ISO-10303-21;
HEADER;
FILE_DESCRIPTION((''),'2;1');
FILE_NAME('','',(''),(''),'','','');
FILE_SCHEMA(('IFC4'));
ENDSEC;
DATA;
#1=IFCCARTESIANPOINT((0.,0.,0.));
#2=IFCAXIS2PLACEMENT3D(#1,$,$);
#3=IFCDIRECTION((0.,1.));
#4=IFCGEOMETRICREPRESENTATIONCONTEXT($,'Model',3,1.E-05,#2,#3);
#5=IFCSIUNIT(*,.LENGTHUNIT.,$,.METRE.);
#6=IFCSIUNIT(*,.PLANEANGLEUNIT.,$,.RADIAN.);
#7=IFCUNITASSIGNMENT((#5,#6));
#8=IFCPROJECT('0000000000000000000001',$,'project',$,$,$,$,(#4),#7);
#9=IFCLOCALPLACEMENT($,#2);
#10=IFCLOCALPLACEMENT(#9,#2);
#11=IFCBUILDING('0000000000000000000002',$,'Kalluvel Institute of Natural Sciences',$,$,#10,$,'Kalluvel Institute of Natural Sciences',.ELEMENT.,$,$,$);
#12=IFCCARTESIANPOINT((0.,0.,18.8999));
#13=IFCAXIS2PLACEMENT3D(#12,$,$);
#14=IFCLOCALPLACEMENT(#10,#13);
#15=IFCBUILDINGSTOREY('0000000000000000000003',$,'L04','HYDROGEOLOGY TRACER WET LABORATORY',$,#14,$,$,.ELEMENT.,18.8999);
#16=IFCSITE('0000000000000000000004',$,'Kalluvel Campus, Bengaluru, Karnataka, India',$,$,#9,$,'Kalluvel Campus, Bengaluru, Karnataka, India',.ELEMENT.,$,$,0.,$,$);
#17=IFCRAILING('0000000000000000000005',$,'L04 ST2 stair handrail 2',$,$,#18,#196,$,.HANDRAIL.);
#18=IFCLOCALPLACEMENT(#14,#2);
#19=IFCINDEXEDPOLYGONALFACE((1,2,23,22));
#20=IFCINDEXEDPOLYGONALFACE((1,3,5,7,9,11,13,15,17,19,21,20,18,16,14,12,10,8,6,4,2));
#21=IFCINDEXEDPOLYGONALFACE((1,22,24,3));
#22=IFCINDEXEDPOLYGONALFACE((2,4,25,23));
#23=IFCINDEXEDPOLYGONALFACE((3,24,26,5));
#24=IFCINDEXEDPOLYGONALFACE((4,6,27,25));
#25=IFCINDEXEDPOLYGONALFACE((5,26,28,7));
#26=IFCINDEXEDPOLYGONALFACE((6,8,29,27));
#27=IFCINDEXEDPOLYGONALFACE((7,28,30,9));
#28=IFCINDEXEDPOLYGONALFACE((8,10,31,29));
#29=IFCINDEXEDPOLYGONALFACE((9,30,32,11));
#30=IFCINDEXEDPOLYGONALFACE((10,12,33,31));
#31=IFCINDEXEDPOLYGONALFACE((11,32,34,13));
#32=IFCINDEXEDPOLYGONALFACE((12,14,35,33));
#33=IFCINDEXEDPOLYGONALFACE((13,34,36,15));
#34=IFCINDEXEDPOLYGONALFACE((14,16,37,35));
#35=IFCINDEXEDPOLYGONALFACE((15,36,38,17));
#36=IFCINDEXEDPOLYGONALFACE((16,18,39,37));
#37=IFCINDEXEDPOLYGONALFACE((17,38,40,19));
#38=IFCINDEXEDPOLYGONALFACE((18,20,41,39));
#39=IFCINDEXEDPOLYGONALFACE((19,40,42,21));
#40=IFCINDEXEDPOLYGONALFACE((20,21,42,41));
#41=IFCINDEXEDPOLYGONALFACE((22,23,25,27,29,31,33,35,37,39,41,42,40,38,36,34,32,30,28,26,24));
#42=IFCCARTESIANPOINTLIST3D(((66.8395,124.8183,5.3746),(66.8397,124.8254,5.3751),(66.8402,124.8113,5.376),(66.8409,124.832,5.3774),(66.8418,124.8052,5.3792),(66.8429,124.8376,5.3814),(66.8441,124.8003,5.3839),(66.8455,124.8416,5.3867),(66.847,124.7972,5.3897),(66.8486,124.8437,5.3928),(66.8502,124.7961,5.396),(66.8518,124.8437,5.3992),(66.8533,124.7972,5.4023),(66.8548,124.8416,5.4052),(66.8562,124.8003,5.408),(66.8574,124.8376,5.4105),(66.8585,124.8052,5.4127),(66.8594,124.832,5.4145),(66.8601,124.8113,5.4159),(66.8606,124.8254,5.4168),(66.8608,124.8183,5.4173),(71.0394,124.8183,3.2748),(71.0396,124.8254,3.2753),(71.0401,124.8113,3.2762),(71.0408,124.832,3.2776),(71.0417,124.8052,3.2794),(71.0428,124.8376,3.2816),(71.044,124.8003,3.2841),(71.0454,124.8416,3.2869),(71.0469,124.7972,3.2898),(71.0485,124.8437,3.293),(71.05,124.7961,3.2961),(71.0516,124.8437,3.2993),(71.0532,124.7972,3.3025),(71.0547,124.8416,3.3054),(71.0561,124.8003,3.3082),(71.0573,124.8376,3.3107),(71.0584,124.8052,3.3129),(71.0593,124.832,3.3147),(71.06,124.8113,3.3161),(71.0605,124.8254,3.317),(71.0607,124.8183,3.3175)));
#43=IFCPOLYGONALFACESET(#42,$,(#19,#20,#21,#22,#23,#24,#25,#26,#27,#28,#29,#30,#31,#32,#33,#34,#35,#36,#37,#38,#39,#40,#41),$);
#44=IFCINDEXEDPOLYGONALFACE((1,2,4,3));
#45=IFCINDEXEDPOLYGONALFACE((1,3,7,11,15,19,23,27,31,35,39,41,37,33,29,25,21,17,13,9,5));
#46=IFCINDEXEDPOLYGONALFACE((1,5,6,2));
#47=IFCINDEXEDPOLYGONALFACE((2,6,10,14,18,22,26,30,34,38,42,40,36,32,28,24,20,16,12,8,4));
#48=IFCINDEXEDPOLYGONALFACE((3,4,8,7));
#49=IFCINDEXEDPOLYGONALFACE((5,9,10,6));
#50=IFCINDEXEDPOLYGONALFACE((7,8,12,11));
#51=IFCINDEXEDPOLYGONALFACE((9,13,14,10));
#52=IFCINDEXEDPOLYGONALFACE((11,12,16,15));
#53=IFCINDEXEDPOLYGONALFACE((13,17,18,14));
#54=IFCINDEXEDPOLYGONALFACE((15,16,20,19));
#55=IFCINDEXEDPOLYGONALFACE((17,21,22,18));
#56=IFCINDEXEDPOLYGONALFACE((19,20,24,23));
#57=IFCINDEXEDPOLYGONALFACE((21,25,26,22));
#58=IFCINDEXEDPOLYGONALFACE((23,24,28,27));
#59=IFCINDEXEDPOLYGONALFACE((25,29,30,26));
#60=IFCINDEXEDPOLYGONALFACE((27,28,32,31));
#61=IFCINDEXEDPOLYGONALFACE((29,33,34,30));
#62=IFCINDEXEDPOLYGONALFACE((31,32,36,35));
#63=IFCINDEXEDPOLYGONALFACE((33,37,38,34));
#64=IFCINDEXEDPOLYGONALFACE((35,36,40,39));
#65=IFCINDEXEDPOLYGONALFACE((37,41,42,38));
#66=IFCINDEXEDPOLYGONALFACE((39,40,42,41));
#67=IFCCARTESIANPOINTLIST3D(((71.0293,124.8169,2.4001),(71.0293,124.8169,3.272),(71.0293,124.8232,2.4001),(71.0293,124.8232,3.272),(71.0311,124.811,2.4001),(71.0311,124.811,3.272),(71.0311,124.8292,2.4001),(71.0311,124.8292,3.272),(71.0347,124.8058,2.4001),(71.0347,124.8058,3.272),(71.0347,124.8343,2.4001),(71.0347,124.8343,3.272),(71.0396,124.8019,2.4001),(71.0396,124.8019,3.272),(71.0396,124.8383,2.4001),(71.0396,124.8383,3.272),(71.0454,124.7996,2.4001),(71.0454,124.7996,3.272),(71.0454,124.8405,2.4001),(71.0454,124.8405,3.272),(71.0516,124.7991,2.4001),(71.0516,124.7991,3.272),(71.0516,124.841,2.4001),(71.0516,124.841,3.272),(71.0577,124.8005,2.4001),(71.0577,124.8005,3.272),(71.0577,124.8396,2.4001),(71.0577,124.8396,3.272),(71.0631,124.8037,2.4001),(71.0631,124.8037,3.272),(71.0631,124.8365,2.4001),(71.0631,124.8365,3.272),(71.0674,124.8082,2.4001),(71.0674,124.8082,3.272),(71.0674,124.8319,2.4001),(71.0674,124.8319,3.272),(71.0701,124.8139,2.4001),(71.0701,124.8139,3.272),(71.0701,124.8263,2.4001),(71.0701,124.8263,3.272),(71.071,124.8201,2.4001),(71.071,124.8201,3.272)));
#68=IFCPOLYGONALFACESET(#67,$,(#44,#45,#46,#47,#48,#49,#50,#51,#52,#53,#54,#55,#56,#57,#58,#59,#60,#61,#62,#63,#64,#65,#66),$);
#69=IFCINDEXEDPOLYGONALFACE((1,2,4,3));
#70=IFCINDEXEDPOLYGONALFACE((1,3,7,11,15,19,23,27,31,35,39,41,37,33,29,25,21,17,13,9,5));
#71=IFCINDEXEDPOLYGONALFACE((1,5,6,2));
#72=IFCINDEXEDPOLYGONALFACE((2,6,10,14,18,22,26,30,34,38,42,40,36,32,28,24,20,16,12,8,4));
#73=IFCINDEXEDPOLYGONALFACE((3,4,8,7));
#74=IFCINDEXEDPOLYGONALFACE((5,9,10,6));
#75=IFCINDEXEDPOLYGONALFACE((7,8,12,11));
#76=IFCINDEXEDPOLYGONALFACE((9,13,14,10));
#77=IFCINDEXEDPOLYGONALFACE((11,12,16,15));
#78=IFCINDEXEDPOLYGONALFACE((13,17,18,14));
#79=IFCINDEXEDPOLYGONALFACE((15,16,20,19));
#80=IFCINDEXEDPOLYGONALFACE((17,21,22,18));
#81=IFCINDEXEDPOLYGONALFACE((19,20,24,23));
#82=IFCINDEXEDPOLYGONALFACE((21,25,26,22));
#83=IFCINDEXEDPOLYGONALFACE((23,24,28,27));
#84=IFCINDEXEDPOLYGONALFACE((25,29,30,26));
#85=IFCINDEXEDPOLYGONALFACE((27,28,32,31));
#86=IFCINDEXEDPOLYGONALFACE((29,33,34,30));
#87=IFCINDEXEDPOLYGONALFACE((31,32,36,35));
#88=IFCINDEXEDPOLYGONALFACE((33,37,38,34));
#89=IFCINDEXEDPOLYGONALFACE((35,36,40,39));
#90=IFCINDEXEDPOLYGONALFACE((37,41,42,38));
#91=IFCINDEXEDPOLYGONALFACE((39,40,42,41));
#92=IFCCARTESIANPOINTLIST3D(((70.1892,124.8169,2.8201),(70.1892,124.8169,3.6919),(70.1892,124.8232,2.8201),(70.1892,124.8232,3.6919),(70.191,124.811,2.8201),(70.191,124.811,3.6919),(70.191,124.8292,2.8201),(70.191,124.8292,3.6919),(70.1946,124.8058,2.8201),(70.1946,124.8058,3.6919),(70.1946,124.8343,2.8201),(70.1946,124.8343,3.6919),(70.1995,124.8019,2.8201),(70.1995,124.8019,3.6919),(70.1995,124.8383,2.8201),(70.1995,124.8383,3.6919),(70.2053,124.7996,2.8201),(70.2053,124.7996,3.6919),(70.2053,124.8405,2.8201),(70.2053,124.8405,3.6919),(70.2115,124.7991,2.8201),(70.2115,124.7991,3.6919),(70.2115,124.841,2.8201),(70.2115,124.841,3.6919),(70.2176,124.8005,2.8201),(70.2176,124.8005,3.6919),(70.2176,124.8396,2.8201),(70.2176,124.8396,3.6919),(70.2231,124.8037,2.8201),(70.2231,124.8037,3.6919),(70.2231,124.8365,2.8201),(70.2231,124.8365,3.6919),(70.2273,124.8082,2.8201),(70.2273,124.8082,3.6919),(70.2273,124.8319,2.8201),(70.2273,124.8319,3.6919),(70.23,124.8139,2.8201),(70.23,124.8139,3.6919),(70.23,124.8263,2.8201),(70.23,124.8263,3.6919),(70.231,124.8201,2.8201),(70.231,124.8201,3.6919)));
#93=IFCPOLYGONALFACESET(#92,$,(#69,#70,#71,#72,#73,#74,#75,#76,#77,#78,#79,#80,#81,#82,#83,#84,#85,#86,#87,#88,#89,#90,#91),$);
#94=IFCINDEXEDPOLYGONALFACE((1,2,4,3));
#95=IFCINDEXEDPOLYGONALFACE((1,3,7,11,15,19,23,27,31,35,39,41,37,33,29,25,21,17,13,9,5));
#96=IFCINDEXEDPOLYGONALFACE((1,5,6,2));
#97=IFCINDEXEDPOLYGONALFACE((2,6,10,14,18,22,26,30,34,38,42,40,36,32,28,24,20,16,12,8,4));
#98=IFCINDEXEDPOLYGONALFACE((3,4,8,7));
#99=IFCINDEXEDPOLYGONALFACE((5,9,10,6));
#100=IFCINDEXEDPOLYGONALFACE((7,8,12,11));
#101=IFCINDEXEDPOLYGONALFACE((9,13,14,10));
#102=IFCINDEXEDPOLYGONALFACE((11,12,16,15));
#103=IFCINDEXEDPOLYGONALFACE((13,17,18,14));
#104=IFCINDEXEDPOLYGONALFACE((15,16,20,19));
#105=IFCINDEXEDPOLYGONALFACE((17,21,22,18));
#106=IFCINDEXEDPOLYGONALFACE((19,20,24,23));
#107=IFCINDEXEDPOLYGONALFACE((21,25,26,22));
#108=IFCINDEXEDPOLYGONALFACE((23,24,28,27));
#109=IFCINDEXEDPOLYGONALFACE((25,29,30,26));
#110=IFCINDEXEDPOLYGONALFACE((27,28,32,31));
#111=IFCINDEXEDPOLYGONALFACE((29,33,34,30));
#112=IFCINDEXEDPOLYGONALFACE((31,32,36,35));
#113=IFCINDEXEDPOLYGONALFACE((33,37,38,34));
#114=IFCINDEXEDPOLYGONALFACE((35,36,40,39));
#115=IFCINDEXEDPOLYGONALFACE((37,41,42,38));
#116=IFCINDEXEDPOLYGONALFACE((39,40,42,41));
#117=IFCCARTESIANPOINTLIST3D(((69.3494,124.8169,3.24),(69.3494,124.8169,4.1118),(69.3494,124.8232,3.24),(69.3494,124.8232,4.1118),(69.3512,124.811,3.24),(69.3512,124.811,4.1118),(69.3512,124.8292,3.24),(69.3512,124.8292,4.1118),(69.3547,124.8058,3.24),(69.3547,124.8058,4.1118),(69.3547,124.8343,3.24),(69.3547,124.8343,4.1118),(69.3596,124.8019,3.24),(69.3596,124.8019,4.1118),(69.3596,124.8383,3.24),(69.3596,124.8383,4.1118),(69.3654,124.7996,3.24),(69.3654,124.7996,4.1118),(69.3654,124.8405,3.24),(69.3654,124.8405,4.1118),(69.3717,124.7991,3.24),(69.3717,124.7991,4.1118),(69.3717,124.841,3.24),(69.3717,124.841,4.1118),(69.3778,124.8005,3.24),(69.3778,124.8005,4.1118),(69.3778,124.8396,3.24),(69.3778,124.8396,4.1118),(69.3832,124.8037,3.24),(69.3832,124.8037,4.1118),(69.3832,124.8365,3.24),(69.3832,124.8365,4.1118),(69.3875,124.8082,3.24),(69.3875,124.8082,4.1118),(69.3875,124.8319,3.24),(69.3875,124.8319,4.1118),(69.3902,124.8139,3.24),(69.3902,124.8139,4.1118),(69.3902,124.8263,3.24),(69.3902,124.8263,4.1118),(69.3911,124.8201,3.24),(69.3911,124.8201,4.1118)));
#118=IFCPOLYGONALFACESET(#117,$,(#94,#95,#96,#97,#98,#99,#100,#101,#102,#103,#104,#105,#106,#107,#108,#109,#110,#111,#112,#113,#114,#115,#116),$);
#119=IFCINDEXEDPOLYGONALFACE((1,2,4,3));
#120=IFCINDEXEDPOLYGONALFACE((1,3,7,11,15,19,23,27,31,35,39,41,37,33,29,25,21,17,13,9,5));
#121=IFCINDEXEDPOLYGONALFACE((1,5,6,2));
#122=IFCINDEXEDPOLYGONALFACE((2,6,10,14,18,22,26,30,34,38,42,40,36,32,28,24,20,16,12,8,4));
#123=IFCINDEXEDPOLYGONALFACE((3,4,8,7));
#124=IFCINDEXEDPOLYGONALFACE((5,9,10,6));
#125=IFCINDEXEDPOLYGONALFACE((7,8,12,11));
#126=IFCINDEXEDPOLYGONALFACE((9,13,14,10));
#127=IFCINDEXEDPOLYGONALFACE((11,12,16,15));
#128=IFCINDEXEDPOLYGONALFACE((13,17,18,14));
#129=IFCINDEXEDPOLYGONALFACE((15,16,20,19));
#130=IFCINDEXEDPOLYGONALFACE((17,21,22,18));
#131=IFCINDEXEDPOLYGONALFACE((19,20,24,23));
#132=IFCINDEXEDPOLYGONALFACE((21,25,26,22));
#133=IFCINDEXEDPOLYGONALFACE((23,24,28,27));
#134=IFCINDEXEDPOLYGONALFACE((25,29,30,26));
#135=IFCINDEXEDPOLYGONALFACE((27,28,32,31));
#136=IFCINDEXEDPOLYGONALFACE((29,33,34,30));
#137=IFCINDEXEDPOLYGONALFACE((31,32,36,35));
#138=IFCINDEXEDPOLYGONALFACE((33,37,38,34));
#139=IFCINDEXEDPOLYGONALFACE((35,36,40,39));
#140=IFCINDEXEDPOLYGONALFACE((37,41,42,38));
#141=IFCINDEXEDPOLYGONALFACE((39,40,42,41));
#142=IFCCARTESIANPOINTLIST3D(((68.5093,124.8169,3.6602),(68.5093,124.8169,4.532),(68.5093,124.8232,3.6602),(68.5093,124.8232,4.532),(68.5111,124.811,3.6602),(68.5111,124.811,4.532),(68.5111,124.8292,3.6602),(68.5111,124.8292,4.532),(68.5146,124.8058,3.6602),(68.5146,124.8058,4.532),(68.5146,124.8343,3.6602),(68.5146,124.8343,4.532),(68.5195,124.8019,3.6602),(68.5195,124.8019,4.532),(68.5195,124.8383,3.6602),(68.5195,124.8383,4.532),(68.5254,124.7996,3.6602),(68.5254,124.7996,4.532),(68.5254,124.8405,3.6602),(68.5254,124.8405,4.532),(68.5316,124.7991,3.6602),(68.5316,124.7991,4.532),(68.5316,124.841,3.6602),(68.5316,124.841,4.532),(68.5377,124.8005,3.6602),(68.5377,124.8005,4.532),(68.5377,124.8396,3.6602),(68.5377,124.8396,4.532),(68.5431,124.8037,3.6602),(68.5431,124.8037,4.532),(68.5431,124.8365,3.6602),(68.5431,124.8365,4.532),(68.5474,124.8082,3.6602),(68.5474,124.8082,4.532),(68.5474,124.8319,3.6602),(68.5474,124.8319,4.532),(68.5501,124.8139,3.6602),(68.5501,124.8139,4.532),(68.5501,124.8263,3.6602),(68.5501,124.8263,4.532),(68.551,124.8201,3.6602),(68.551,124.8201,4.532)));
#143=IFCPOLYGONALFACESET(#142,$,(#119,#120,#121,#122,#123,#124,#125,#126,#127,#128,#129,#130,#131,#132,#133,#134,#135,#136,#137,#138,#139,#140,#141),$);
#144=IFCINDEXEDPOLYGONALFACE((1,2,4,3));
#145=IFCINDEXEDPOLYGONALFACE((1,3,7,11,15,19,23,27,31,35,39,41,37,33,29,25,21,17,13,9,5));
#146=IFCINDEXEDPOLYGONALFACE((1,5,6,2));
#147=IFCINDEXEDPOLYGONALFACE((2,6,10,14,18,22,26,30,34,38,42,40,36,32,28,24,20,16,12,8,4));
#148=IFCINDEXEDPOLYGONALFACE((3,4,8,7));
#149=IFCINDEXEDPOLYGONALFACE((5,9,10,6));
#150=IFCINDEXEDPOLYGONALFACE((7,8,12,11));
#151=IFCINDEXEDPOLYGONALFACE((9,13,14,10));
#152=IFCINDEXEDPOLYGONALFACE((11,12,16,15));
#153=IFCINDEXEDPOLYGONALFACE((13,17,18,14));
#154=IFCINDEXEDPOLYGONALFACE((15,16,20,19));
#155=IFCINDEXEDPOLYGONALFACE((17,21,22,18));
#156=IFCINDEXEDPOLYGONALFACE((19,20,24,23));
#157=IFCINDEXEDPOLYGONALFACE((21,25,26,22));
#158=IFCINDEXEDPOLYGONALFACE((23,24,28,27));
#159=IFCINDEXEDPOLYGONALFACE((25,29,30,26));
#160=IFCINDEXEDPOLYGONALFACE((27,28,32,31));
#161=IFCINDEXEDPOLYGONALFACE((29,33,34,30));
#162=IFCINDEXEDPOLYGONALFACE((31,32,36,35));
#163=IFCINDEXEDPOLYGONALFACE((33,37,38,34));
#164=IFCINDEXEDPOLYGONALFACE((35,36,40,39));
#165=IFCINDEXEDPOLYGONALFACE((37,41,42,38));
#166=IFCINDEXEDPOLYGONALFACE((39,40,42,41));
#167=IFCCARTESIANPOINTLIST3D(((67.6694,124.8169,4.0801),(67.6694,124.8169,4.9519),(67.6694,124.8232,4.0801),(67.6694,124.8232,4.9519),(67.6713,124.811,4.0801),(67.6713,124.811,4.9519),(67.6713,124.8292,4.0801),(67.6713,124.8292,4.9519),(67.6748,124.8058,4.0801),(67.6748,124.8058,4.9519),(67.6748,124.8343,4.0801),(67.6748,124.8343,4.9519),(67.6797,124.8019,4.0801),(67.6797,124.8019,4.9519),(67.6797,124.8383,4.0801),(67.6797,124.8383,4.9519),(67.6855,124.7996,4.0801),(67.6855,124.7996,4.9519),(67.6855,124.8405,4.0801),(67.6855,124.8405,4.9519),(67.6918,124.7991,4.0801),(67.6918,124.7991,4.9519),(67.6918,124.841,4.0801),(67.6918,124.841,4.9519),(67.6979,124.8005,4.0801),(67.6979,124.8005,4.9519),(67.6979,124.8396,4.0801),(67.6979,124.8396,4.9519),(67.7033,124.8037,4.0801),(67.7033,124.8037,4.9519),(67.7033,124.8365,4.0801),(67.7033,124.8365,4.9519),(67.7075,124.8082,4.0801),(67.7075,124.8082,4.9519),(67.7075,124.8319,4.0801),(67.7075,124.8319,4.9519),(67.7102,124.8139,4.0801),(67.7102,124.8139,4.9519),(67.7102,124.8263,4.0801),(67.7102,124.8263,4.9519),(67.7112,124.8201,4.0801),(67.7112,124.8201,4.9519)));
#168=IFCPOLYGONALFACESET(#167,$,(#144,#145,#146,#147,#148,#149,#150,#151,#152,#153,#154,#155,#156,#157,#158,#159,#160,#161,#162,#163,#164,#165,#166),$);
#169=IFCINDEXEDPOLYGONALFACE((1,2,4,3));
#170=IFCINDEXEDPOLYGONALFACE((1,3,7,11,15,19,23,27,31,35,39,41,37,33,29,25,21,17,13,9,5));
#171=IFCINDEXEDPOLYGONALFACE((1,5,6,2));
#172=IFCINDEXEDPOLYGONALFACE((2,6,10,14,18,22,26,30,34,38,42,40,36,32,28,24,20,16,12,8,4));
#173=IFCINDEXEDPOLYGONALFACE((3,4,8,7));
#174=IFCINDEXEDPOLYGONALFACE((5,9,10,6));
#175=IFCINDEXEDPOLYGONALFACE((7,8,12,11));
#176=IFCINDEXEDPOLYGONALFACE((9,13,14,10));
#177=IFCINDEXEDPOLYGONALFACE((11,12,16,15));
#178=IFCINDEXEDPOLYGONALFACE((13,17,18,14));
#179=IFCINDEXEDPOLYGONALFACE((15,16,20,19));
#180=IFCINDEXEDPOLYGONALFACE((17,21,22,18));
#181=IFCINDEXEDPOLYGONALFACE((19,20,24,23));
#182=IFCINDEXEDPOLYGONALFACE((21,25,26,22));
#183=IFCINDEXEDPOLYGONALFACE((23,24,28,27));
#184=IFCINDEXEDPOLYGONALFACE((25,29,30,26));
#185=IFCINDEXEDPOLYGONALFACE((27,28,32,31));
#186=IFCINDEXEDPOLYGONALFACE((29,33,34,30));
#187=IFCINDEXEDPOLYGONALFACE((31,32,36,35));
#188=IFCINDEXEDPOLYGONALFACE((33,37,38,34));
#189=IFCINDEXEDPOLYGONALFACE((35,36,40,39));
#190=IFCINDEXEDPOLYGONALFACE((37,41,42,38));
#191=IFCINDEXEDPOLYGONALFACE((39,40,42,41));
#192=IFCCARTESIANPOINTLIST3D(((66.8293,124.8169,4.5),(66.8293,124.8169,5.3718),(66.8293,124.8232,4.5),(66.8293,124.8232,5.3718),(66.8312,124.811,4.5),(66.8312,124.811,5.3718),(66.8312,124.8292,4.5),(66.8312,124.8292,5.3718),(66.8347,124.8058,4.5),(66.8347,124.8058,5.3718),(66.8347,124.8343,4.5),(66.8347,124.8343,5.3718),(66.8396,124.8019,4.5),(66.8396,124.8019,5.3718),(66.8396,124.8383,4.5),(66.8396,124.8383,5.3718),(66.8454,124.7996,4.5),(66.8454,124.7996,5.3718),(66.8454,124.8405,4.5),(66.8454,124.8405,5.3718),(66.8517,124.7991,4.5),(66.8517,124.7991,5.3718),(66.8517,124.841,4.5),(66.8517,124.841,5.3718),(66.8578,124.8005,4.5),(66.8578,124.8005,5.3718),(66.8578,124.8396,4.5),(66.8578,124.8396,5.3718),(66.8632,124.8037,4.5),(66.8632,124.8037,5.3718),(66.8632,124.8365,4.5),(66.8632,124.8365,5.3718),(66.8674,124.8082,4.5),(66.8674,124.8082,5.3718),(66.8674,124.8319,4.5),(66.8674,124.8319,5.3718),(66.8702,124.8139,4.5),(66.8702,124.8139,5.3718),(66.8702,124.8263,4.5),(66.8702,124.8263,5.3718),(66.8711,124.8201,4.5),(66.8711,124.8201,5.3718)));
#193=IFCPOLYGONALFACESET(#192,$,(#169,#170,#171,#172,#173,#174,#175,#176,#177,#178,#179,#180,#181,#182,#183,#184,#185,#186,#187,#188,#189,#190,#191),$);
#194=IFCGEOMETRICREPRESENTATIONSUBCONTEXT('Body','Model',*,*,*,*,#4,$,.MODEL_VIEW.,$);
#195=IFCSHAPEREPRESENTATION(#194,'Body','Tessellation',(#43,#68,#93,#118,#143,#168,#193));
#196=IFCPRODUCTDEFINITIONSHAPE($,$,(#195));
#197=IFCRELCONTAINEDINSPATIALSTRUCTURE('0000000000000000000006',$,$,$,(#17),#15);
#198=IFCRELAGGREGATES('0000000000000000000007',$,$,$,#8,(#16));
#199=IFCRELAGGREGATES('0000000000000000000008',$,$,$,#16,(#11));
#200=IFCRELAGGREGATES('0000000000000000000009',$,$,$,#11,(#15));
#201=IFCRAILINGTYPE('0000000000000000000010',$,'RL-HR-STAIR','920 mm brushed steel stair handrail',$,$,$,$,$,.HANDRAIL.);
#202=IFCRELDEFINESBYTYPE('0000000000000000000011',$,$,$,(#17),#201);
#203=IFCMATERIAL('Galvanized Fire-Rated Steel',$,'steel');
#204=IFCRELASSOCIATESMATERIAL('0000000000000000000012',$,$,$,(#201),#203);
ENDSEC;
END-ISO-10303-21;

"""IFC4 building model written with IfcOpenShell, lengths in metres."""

from ifc_helpers import new_model, si_unit, direction, frame, origin, origin_2d, place, context, subcontext, project, spatial, circle, extrude, material, type_object, element, save


model = new_model("IFC4")

# Units and contexts
model_context = context("Model", 3, precision=1e-05, world=origin(), true_north=direction((0.0, 1.0)))
body_context = subcontext(model_context, "Body", "Model", "MODEL_VIEW")
ifc_project = project(units=[si_unit("LENGTHUNIT", "METRE"), si_unit("PLANEANGLEUNIT", "RADIAN")], contexts=[model_context])

# Site, building, storey
site_placement = place(None, origin())
site = spatial("IfcSite", under=ifc_project, at=site_placement, Name="Kalluvel Campus, Bengaluru, Karnataka, India", LongName="Kalluvel Campus, Bengaluru, Karnataka, India", CompositionType="ELEMENT", RefElevation=0.0)
building_placement = place(site_placement, origin())
building = spatial("IfcBuilding", under=site, at=building_placement, Name="Kalluvel Institute of Natural Sciences", LongName="Kalluvel Institute of Natural Sciences", CompositionType="ELEMENT")
storey_placement = place(building_placement, frame((0.0, 0.0, 18.8999)))
storey = spatial("IfcBuildingStorey", under=building, at=storey_placement, Name="L04", Description="HYDROGEOLOGY TRACER WET LABORATORY", CompositionType="ELEMENT", Elevation=18.8999)

# Shared definitions
ifc_material_1 = material(Name="Galvanized Fire-Rated Steel", Category="steel")

# Railing
railing_type_1 = type_object("IfcRailingType", Name="RL-HR-STAIR", Description="920 mm brushed steel stair handrail", PredefinedType="HANDRAIL", material=ifc_material_1)
railing_1_placement = place(storey_placement, frame((71.05, 124.8201, 2.4001)))
element("IfcRailing", 1, at=railing_1_placement, inside=storey, type_object=railing_type_1, Name="L04 ST2 stair handrail 2", PredefinedType="HANDRAIL", context=body_context, shape_type="SweptSolid", body=[
    extrude(circle(Radius=0.0239, at=origin_2d()), frame((0.0, 0.0, 0.896), z_axis=(-0.894438, 0.0, 0.447193), x_axis=(0.0, -1.0, 0.0)), (0.0, 0.0, 1.0), 4.6956),
    extrude(circle(Radius=0.021, at=origin_2d()), origin(), (0.0, 0.0, 1.0), 0.8718),
    extrude(circle(Radius=0.021, at=origin_2d()), frame((-0.8401, 0.0, 0.4199)), (0.0, 0.0, 1.0), 0.8718),
    extrude(circle(Radius=0.021, at=origin_2d()), frame((-1.6799, 0.0, 0.8398)), (0.0, 0.0, 1.0), 0.8718),
    extrude(circle(Radius=0.021, at=origin_2d()), frame((-2.52, 0.0, 1.26)), (0.0, 0.0, 1.0), 0.8718),
    extrude(circle(Radius=0.021, at=origin_2d()), frame((-3.3599, 0.0, 1.6799)), (0.0, 0.0, 1.0), 0.8718),
    extrude(circle(Radius=0.021, at=origin_2d()), frame((-4.2, 0.0, 2.0999)), (0.0, 0.0, 1.0), 0.8718),
])

save(model, "model.ifc")
